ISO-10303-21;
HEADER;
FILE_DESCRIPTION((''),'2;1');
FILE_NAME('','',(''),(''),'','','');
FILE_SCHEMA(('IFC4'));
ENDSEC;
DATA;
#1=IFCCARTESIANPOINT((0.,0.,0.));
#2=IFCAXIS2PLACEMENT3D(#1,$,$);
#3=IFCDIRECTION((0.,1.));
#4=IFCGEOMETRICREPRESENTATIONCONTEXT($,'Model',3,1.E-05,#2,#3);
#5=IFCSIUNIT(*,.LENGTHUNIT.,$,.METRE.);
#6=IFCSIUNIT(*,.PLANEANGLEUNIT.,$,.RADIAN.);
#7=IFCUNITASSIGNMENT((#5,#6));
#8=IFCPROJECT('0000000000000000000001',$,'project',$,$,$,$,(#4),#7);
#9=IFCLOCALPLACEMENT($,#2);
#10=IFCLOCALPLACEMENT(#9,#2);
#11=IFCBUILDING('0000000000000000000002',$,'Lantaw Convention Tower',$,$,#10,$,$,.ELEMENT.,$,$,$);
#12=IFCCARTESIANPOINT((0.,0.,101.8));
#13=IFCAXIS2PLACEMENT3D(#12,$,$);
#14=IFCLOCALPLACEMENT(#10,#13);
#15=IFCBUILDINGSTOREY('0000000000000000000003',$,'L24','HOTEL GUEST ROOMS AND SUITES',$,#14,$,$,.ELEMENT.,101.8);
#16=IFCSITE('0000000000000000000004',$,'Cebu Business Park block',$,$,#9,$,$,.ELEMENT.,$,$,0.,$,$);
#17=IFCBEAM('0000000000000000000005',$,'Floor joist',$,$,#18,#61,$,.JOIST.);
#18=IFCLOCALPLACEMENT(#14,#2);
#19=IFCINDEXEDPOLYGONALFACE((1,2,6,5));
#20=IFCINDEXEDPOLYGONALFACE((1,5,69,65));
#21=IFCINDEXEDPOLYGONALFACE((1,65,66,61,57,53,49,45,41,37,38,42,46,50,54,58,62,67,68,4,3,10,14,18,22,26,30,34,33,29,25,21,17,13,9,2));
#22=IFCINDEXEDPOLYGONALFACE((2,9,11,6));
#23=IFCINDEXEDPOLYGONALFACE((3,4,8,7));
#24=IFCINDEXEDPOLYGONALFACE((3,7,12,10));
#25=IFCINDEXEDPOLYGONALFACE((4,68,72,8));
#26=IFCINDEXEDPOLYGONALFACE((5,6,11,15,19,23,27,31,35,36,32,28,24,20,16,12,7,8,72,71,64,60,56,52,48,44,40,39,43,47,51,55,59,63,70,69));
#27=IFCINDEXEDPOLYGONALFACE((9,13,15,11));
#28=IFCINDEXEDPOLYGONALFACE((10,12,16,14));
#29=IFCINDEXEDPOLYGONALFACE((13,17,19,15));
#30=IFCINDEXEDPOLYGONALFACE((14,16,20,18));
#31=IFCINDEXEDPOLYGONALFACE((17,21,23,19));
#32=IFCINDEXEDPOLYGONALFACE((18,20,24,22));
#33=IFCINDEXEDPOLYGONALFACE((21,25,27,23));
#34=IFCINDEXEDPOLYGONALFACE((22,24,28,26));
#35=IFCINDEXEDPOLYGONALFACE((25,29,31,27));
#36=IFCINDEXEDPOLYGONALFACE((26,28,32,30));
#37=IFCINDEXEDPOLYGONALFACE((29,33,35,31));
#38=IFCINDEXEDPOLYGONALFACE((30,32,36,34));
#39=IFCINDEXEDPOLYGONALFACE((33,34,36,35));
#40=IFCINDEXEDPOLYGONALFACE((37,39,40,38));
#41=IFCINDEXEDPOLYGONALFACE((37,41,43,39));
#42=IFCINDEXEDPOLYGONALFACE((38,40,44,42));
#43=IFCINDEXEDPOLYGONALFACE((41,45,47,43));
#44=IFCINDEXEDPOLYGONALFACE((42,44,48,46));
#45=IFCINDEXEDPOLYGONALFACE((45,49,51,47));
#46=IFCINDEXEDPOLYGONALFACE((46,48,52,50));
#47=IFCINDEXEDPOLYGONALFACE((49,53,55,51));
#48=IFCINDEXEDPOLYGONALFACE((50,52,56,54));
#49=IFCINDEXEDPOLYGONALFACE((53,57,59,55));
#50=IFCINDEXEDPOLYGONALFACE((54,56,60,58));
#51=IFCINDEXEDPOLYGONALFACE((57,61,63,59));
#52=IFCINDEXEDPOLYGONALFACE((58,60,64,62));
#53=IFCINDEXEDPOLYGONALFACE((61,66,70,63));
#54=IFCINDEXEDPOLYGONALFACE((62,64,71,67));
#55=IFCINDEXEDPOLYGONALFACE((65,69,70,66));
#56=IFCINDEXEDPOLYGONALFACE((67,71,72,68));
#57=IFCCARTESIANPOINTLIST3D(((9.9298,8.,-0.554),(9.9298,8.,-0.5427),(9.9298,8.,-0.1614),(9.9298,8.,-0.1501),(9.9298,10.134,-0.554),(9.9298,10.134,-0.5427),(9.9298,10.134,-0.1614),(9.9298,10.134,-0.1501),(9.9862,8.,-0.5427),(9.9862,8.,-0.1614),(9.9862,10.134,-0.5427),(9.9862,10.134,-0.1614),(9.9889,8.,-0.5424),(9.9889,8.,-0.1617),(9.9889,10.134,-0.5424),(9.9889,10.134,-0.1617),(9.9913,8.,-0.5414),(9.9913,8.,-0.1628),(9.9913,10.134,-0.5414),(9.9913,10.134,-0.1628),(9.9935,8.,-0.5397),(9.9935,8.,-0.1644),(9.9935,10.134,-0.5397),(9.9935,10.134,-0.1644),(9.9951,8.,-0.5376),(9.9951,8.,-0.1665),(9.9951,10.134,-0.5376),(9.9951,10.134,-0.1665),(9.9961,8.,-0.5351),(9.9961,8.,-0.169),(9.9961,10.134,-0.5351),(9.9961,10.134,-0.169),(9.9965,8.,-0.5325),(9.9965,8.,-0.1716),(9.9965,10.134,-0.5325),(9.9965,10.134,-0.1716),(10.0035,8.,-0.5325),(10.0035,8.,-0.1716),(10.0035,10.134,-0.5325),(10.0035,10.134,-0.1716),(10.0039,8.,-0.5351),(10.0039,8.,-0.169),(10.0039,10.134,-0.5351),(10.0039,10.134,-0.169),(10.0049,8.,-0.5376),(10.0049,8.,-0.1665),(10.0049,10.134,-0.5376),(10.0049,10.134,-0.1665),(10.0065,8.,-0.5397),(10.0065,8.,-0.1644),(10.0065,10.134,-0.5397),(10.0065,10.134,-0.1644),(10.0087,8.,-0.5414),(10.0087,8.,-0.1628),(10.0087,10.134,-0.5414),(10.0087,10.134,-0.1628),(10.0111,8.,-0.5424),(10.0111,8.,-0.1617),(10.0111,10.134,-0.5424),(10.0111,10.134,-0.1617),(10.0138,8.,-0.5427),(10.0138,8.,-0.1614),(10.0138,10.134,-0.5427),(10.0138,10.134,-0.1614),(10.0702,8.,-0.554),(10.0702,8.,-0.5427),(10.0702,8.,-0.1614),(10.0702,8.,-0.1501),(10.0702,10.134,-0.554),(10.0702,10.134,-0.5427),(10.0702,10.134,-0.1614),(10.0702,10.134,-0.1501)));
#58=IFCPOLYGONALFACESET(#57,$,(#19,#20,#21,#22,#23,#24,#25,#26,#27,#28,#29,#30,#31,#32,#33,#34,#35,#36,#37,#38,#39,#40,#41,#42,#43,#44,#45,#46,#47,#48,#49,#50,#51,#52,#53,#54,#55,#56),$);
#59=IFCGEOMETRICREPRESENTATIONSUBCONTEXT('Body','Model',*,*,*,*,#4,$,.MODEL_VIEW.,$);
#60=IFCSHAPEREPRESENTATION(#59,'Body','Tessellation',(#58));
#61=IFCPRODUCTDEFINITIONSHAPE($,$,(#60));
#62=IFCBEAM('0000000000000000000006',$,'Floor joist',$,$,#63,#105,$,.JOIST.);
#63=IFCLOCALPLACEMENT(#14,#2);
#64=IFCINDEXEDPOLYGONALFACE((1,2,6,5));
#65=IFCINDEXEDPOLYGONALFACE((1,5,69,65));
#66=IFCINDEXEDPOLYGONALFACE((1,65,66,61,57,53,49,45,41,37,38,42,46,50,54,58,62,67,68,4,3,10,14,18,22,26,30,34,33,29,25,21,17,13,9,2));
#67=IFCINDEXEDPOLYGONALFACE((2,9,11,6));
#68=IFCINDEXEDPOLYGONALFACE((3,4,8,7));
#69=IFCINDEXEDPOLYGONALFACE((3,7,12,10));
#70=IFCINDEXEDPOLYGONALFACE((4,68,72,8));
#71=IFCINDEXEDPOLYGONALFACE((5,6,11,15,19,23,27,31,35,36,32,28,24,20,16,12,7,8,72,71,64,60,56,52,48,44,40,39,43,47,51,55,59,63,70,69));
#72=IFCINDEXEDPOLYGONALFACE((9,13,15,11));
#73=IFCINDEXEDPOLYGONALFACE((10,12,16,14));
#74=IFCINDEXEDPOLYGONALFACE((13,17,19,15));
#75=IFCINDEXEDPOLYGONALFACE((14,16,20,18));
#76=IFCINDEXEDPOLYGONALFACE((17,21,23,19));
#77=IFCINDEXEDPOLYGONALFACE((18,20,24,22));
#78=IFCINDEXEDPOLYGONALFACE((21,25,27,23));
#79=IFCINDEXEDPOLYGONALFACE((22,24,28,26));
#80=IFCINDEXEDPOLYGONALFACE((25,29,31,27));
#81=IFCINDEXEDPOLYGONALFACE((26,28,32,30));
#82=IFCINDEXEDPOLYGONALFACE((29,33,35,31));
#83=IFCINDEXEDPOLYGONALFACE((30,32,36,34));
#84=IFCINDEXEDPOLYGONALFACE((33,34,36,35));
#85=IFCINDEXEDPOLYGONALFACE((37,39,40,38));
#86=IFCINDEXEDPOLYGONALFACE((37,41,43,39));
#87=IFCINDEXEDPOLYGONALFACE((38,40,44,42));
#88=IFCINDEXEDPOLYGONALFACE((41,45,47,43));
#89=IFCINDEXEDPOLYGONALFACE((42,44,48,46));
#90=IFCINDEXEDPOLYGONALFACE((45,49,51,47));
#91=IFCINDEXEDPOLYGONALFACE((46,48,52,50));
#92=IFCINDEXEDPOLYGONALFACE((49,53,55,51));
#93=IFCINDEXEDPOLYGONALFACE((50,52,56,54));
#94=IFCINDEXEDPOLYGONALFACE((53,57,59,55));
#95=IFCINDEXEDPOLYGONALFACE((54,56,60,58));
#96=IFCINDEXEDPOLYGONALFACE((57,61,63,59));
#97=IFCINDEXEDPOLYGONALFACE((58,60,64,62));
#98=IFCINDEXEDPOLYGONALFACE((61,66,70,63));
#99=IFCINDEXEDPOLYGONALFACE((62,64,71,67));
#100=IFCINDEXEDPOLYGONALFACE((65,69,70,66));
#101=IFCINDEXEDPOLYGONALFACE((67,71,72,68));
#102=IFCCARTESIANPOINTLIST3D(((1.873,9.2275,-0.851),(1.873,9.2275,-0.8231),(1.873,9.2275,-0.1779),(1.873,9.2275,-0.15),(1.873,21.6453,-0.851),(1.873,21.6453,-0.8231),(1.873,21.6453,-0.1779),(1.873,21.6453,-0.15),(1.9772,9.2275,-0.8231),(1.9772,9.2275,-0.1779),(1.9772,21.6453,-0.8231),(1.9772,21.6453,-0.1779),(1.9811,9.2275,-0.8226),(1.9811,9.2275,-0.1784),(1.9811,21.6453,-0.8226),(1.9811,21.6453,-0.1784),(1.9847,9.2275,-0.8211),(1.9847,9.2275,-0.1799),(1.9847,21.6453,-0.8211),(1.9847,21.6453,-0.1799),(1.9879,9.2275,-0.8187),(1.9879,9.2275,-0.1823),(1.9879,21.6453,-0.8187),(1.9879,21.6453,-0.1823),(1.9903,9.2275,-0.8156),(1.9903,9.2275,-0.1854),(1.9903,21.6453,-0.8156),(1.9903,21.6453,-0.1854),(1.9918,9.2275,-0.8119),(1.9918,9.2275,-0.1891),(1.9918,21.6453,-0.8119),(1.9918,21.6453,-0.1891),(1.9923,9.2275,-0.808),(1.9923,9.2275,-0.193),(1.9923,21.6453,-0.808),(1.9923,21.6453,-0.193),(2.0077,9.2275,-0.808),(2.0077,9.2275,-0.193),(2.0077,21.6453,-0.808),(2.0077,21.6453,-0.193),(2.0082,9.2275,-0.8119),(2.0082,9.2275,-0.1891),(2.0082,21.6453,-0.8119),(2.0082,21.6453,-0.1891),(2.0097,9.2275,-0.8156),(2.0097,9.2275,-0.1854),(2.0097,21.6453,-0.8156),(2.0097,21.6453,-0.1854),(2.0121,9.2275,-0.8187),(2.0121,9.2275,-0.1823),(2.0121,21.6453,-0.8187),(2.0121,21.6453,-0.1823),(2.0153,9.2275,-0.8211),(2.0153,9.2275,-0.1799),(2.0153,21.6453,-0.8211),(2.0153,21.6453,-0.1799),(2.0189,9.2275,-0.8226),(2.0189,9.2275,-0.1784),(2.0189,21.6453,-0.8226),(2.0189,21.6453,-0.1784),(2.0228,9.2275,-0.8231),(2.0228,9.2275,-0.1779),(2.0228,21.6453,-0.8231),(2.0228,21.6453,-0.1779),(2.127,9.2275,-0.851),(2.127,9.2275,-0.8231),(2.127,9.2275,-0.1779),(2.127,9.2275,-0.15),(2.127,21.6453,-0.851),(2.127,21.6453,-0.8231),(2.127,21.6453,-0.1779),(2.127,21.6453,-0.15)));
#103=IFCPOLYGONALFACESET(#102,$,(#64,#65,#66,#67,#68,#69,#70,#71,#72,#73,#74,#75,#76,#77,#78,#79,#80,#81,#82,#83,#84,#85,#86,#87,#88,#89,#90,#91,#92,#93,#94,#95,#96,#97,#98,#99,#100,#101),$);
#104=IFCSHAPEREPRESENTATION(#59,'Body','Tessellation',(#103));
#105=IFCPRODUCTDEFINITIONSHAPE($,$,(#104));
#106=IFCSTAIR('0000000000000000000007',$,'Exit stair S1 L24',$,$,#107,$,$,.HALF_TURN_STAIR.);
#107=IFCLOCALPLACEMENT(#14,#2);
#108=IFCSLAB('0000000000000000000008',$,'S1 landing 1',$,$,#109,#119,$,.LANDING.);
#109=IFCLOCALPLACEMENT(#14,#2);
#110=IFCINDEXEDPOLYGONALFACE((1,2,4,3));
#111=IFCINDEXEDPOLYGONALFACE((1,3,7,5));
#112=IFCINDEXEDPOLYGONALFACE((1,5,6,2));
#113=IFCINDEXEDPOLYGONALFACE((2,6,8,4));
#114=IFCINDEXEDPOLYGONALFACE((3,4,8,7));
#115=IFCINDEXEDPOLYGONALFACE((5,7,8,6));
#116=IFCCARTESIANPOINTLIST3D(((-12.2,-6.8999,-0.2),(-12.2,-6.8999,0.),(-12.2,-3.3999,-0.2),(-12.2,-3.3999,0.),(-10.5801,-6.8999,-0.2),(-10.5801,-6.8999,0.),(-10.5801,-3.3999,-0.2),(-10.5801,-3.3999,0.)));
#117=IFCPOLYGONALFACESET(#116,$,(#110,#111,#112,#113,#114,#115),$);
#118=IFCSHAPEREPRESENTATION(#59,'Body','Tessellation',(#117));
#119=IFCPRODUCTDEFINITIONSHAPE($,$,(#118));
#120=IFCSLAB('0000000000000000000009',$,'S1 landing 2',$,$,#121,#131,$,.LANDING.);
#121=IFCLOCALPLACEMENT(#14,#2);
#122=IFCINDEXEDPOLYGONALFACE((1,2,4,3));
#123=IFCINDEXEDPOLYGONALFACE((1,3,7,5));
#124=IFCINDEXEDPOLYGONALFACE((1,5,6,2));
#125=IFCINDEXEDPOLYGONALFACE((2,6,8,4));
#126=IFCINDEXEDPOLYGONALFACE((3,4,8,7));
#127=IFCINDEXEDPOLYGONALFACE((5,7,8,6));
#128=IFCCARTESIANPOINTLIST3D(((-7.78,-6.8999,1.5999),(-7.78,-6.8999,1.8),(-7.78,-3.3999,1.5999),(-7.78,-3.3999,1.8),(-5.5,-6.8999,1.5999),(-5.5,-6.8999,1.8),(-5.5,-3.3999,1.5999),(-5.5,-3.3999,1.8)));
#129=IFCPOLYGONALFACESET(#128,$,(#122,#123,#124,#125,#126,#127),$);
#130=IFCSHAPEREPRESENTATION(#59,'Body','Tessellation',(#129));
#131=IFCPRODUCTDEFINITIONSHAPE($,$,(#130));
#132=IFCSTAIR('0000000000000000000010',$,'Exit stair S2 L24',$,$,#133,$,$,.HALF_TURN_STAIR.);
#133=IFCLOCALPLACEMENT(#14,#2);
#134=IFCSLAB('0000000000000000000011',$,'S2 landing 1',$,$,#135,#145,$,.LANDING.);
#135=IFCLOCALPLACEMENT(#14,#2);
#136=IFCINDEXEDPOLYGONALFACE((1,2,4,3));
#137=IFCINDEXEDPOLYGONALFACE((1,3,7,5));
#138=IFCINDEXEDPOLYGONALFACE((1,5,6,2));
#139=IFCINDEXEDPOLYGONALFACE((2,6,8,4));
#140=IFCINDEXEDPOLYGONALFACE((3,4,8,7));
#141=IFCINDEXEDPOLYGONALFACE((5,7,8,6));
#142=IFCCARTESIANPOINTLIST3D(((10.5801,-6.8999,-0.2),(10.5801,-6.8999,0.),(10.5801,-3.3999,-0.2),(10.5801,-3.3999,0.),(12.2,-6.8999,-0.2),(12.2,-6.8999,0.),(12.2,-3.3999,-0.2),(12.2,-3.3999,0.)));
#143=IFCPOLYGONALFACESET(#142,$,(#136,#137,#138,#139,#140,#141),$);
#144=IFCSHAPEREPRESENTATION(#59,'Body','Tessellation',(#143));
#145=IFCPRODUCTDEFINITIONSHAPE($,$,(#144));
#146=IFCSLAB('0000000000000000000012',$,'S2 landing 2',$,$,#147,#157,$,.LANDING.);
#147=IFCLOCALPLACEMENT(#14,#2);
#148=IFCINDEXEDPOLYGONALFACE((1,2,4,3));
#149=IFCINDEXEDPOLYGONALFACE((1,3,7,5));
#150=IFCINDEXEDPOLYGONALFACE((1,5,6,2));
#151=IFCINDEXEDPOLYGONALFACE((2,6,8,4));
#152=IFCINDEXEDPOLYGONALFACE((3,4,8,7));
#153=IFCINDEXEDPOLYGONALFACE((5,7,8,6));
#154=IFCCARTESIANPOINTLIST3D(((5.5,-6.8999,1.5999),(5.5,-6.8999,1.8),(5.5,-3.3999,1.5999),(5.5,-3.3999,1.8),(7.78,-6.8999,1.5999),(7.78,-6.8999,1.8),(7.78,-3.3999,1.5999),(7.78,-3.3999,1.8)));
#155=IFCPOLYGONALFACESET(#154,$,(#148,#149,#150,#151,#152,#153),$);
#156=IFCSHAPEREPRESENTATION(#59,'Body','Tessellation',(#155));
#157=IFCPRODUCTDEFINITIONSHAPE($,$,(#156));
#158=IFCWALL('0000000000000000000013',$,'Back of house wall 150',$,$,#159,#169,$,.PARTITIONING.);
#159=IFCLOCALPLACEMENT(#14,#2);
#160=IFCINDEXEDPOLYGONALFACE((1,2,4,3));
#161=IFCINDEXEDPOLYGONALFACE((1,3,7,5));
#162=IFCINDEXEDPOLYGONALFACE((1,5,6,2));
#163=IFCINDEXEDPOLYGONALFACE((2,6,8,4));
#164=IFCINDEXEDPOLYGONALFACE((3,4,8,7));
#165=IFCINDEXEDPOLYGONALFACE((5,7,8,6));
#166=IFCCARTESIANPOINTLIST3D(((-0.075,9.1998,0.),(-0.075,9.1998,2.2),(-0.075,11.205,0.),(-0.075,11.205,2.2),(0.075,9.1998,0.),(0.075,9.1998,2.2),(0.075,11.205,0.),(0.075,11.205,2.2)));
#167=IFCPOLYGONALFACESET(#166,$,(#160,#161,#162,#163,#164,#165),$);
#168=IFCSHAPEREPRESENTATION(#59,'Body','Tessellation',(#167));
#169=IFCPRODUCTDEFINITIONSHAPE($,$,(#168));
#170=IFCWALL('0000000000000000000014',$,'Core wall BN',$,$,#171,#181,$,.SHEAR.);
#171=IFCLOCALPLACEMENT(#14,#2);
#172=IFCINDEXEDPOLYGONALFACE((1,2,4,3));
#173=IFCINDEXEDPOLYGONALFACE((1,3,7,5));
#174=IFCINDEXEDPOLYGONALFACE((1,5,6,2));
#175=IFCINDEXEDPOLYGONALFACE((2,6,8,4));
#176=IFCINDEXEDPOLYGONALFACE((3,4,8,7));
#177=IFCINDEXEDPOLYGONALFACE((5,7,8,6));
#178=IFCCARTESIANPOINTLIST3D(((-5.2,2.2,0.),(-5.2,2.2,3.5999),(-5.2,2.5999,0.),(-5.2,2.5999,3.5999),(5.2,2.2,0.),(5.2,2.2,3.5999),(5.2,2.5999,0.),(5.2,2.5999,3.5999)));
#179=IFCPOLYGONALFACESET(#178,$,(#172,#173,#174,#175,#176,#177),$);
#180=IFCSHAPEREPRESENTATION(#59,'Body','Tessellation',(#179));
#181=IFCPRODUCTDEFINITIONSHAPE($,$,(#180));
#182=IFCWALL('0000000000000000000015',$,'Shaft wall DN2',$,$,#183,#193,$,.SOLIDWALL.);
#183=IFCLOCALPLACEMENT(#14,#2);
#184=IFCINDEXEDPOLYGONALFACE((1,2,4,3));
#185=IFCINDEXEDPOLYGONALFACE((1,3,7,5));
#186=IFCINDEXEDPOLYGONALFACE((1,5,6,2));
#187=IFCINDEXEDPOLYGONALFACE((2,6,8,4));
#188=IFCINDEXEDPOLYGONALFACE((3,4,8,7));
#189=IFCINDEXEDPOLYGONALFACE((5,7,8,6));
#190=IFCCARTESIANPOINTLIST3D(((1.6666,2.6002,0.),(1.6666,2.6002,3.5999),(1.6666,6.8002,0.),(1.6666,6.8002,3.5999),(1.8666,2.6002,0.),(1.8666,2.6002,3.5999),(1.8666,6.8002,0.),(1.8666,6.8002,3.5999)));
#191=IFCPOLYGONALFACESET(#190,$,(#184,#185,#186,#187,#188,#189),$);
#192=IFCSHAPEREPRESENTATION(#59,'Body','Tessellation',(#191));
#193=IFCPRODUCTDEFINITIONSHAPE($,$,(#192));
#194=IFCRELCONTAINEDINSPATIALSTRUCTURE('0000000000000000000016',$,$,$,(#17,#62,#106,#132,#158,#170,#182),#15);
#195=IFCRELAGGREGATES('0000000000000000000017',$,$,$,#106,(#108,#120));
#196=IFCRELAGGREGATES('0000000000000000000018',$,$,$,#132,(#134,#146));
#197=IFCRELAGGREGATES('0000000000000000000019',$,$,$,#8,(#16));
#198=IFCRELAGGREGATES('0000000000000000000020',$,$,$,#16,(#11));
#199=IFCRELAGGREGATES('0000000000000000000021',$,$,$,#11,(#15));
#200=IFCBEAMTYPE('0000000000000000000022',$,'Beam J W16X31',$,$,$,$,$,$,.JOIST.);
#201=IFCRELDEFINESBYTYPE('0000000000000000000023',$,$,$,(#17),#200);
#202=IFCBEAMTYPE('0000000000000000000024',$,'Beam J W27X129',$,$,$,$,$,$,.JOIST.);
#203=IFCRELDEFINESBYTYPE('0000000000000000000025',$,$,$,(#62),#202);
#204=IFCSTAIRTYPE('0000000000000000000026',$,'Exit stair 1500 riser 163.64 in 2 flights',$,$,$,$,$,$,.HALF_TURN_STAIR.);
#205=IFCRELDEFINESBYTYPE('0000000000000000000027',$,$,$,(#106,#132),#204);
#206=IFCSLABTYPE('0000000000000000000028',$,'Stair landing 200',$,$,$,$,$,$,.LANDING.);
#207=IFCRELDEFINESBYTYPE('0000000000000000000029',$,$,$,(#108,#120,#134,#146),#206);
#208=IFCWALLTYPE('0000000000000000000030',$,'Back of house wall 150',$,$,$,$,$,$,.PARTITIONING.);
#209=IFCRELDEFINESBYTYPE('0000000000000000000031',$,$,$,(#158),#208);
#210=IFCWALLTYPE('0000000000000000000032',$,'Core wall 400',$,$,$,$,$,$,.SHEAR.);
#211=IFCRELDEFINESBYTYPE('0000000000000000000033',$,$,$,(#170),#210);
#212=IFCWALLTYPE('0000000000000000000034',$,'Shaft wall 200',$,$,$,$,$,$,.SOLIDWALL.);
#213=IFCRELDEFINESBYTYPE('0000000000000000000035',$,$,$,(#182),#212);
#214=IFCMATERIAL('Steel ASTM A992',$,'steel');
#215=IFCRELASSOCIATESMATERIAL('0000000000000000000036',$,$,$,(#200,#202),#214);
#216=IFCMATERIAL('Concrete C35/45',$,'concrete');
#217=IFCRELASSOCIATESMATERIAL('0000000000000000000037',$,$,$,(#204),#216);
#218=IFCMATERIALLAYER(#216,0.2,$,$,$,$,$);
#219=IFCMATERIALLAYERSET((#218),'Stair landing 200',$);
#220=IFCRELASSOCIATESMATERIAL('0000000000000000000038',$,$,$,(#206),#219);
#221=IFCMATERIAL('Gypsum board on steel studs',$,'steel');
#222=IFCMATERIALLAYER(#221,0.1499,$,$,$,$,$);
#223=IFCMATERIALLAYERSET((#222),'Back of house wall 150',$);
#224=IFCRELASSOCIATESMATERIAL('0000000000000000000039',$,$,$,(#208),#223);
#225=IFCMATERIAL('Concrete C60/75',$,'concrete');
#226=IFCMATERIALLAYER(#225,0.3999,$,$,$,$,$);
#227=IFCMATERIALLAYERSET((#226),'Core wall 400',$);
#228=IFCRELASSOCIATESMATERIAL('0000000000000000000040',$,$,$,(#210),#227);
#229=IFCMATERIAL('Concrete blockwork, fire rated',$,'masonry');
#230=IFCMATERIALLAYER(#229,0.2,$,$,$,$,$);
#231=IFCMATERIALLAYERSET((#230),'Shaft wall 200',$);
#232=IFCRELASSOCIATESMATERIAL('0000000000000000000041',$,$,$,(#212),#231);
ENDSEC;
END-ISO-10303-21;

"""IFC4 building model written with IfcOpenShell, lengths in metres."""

from ifc_helpers import new_model, si_unit, direction, frame, frame_2d, origin, origin_2d, place, context, subcontext, project, spatial, polyline, rectangle, i_section, outline, extrude, material, layer, layer_set, material_profile, profile_set, type_object, element, aggregate, save


model = new_model("IFC4")

# Units and contexts
model_context = context("Model", 3, precision=1e-05, world=origin(), true_north=direction((0.0, 1.0)))
body_context = subcontext(model_context, "Body", "Model", "MODEL_VIEW")
ifc_project = project(units=[si_unit("LENGTHUNIT", "METRE"), si_unit("PLANEANGLEUNIT", "RADIAN")], contexts=[model_context])

# Site, building, storey
site_placement = place(None, origin())
site = spatial("IfcSite", under=ifc_project, at=site_placement, Name="Cebu Business Park block", CompositionType="ELEMENT", RefElevation=0.0)
building_placement = place(site_placement, origin())
building = spatial("IfcBuilding", under=site, at=building_placement, Name="Lantaw Convention Tower", CompositionType="ELEMENT")
storey_placement = place(building_placement, frame((0.0, 0.0, 101.8)))
storey = spatial("IfcBuildingStorey", under=building, at=storey_placement, Name="L24", Description="HOTEL GUEST ROOMS AND SUITES", CompositionType="ELEMENT", Elevation=101.8)

# Beams
ifc_material_1 = material(Name="Steel ASTM A992", Category="steel")
ifc_material_profile_1 = material_profile(ifc_material_1, i_section(OverallWidth=0.1404, OverallDepth=0.4038, WebThickness=0.0071, FlangeThickness=0.0112, FilletRadius=0.0103, at=origin_2d()), Name="W16X31")
ifc_profile_set_1 = profile_set([ifc_material_profile_1], Name="Steel ASTM A992")
beam_type_1 = type_object("IfcBeamType", Name="Beam J W16X31", PredefinedType="JOIST", material=ifc_profile_set_1)
beam_1_placement = place(storey_placement, frame((10.0, 8.0, -0.3521), z_axis=(0.0, 1.0, 0.0), x_axis=(-1.0, 0.0, 0.0)))
element("IfcBeam", 1, at=beam_1_placement, inside=storey, type_object=beam_type_1, Name="Floor joist", PredefinedType="JOIST", context=body_context, shape_type="SweptSolid", body=[
    extrude(i_section(OverallWidth=0.1404, OverallDepth=0.4038, WebThickness=0.0071, FlangeThickness=0.0112, FilletRadius=0.0103, at=origin_2d()), origin(), (0.0, 0.0, 1.0), 2.134),
])
ifc_material_profile_2 = material_profile(ifc_material_1, i_section(OverallWidth=0.2539, OverallDepth=0.7009, WebThickness=0.0154, FlangeThickness=0.0278, FilletRadius=0.0151, at=origin_2d()), Name="W27X129")
ifc_profile_set_2 = profile_set([ifc_material_profile_2], Name="Steel ASTM A992")
beam_type_2 = type_object("IfcBeamType", Name="Beam J W27X129", PredefinedType="JOIST", material=ifc_profile_set_2)
beam_2_placement = place(storey_placement, frame((2.0, 9.2275, -0.5005), z_axis=(0.0, 1.0, 0.0), x_axis=(-1.0, 0.0, 0.0)))
element("IfcBeam", 2, at=beam_2_placement, inside=storey, type_object=beam_type_2, Name="Floor joist", PredefinedType="JOIST", context=body_context, shape_type="SweptSolid", body=[
    extrude(i_section(OverallWidth=0.2539, OverallDepth=0.7009, WebThickness=0.0154, FlangeThickness=0.0278, FilletRadius=0.0151, at=origin_2d()), origin(), (0.0, 0.0, 1.0), 12.4177),
])

# Stairs, slabs
ifc_material_2 = material(Name="Concrete C35/45", Category="concrete")
stair_type = type_object("IfcStairType", Name="Exit stair 1500 riser 163.64 in 2 flights", PredefinedType="HALF_TURN_STAIR", material=ifc_material_2)
stair_1_placement = place(storey_placement, origin())
stair_1 = element("IfcStair", 3, at=stair_1_placement, inside=storey, type_object=stair_type, Name="Exit stair S1 L24", PredefinedType="HALF_TURN_STAIR")
ifc_layer_1 = layer(ifc_material_2, 0.2)
ifc_layer_set_1 = layer_set([ifc_layer_1], Name="Stair landing 200")
slab_type = type_object("IfcSlabType", Name="Stair landing 200", PredefinedType="LANDING", material=ifc_layer_set_1)
slab_1_placement = place(storey_placement, frame((0.0, 0.0, -0.2)))
slab_1 = element("IfcSlab", 4, at=slab_1_placement, type_object=slab_type, Name="S1 landing 1", PredefinedType="LANDING", context=body_context, shape_type="SweptSolid", body=[
    extrude(outline(polyline([(-12.2, -6.8999), (-10.5801, -6.8999), (-10.5801, -3.3999), (-12.2, -3.3999), (-12.2, -6.8999)])), origin(), (0.0, 0.0, 1.0), 0.2),
])
slab_2_placement = place(storey_placement, frame((0.0, 0.0, 1.5999)))
slab_2 = element("IfcSlab", 5, at=slab_2_placement, type_object=slab_type, Name="S1 landing 2", PredefinedType="LANDING", context=body_context, shape_type="SweptSolid", body=[
    extrude(outline(polyline([(-7.78, -6.8999), (-5.5, -6.8999), (-5.5, -3.3999), (-7.78, -3.3999), (-7.78, -6.8999)])), origin(), (0.0, 0.0, 1.0), 0.2002),
])
aggregate(stair_1, [slab_1, slab_2])
stair_2_placement = place(storey_placement, origin())
stair_2 = element("IfcStair", 6, at=stair_2_placement, inside=storey, type_object=stair_type, Name="Exit stair S2 L24", PredefinedType="HALF_TURN_STAIR")
slab_3_placement = place(storey_placement, frame((0.0, 0.0, -0.2)))
slab_3 = element("IfcSlab", 7, at=slab_3_placement, type_object=slab_type, Name="S2 landing 1", PredefinedType="LANDING", context=body_context, shape_type="SweptSolid", body=[
    extrude(outline(polyline([(10.5801, -6.8999), (12.2, -6.8999), (12.2, -3.3999), (10.5801, -3.3999), (10.5801, -6.8999)])), origin(), (0.0, 0.0, 1.0), 0.2),
])
slab_4_placement = place(storey_placement, frame((0.0, 0.0, 1.5999)))
slab_4 = element("IfcSlab", 8, at=slab_4_placement, type_object=slab_type, Name="S2 landing 2", PredefinedType="LANDING", context=body_context, shape_type="SweptSolid", body=[
    extrude(outline(polyline([(5.5, -6.8999), (7.78, -6.8999), (7.78, -3.3999), (5.5, -3.3999), (5.5, -6.8999)])), origin(), (0.0, 0.0, 1.0), 0.2002),
])
aggregate(stair_2, [slab_3, slab_4])

# Walls
ifc_material_3 = material(Name="Gypsum board on steel studs", Category="steel")
ifc_layer_2 = layer(ifc_material_3, 0.1499)
ifc_layer_set_2 = layer_set([ifc_layer_2], Name="Back of house wall 150")
wall_type_1 = type_object("IfcWallType", Name="Back of house wall 150", PredefinedType="PARTITIONING", material=ifc_layer_set_2)
wall_1_placement = place(storey_placement, frame((0.0, 9.2, 0.0), z_axis=(0.0, 0.0, 1.0), x_axis=(0.0, 1.0, 0.0)))
element("IfcWall", 9, at=wall_1_placement, inside=storey, type_object=wall_type_1, Name="Back of house wall 150", PredefinedType="PARTITIONING", context=body_context, shape_type="SweptSolid", body=[
    extrude(rectangle(XDim=2.0051, YDim=0.1499, at=frame_2d((1.0024, 0.0))), origin(), (0.0, 0.0, 1.0), 2.2),
])
ifc_material_4 = material(Name="Concrete C60/75", Category="concrete")
ifc_layer_3 = layer(ifc_material_4, 0.3999)
ifc_layer_set_3 = layer_set([ifc_layer_3], Name="Core wall 400")
wall_type_2 = type_object("IfcWallType", Name="Core wall 400", PredefinedType="SHEAR", material=ifc_layer_set_3)
wall_2_placement = place(storey_placement, frame((5.2, 2.3999, 0.0), z_axis=(0.0, 0.0, 1.0), x_axis=(-1.0, 0.0, 0.0)))
element("IfcWall", 10, at=wall_2_placement, inside=storey, type_object=wall_type_2, Name="Core wall BN", PredefinedType="SHEAR", context=body_context, shape_type="SweptSolid", body=[
    extrude(rectangle(XDim=10.3999, YDim=0.3999, at=frame_2d((5.2, 0.0))), origin(), (0.0, 0.0, 1.0), 3.5999),
])
ifc_material_5 = material(Name="Concrete blockwork, fire rated", Category="masonry")
ifc_layer_4 = layer(ifc_material_5, 0.2)
ifc_layer_set_4 = layer_set([ifc_layer_4], Name="Shaft wall 200")
wall_type_3 = type_object("IfcWallType", Name="Shaft wall 200", PredefinedType="SOLIDWALL", material=ifc_layer_set_4)
wall_3_placement = place(storey_placement, frame((1.7666, 2.6001, 0.0), z_axis=(0.0, 0.0, 1.0), x_axis=(0.0, 1.0, 0.0)))
element("IfcWall", 11, at=wall_3_placement, inside=storey, type_object=wall_type_3, Name="Shaft wall DN2", PredefinedType="SOLIDWALL", context=body_context, shape_type="SweptSolid", body=[
    extrude(rectangle(XDim=4.2, YDim=0.2, at=frame_2d((2.1001, 0.0))), origin(), (0.0, 0.0, 1.0), 3.5999),
])

save(model, "model.ifc")
